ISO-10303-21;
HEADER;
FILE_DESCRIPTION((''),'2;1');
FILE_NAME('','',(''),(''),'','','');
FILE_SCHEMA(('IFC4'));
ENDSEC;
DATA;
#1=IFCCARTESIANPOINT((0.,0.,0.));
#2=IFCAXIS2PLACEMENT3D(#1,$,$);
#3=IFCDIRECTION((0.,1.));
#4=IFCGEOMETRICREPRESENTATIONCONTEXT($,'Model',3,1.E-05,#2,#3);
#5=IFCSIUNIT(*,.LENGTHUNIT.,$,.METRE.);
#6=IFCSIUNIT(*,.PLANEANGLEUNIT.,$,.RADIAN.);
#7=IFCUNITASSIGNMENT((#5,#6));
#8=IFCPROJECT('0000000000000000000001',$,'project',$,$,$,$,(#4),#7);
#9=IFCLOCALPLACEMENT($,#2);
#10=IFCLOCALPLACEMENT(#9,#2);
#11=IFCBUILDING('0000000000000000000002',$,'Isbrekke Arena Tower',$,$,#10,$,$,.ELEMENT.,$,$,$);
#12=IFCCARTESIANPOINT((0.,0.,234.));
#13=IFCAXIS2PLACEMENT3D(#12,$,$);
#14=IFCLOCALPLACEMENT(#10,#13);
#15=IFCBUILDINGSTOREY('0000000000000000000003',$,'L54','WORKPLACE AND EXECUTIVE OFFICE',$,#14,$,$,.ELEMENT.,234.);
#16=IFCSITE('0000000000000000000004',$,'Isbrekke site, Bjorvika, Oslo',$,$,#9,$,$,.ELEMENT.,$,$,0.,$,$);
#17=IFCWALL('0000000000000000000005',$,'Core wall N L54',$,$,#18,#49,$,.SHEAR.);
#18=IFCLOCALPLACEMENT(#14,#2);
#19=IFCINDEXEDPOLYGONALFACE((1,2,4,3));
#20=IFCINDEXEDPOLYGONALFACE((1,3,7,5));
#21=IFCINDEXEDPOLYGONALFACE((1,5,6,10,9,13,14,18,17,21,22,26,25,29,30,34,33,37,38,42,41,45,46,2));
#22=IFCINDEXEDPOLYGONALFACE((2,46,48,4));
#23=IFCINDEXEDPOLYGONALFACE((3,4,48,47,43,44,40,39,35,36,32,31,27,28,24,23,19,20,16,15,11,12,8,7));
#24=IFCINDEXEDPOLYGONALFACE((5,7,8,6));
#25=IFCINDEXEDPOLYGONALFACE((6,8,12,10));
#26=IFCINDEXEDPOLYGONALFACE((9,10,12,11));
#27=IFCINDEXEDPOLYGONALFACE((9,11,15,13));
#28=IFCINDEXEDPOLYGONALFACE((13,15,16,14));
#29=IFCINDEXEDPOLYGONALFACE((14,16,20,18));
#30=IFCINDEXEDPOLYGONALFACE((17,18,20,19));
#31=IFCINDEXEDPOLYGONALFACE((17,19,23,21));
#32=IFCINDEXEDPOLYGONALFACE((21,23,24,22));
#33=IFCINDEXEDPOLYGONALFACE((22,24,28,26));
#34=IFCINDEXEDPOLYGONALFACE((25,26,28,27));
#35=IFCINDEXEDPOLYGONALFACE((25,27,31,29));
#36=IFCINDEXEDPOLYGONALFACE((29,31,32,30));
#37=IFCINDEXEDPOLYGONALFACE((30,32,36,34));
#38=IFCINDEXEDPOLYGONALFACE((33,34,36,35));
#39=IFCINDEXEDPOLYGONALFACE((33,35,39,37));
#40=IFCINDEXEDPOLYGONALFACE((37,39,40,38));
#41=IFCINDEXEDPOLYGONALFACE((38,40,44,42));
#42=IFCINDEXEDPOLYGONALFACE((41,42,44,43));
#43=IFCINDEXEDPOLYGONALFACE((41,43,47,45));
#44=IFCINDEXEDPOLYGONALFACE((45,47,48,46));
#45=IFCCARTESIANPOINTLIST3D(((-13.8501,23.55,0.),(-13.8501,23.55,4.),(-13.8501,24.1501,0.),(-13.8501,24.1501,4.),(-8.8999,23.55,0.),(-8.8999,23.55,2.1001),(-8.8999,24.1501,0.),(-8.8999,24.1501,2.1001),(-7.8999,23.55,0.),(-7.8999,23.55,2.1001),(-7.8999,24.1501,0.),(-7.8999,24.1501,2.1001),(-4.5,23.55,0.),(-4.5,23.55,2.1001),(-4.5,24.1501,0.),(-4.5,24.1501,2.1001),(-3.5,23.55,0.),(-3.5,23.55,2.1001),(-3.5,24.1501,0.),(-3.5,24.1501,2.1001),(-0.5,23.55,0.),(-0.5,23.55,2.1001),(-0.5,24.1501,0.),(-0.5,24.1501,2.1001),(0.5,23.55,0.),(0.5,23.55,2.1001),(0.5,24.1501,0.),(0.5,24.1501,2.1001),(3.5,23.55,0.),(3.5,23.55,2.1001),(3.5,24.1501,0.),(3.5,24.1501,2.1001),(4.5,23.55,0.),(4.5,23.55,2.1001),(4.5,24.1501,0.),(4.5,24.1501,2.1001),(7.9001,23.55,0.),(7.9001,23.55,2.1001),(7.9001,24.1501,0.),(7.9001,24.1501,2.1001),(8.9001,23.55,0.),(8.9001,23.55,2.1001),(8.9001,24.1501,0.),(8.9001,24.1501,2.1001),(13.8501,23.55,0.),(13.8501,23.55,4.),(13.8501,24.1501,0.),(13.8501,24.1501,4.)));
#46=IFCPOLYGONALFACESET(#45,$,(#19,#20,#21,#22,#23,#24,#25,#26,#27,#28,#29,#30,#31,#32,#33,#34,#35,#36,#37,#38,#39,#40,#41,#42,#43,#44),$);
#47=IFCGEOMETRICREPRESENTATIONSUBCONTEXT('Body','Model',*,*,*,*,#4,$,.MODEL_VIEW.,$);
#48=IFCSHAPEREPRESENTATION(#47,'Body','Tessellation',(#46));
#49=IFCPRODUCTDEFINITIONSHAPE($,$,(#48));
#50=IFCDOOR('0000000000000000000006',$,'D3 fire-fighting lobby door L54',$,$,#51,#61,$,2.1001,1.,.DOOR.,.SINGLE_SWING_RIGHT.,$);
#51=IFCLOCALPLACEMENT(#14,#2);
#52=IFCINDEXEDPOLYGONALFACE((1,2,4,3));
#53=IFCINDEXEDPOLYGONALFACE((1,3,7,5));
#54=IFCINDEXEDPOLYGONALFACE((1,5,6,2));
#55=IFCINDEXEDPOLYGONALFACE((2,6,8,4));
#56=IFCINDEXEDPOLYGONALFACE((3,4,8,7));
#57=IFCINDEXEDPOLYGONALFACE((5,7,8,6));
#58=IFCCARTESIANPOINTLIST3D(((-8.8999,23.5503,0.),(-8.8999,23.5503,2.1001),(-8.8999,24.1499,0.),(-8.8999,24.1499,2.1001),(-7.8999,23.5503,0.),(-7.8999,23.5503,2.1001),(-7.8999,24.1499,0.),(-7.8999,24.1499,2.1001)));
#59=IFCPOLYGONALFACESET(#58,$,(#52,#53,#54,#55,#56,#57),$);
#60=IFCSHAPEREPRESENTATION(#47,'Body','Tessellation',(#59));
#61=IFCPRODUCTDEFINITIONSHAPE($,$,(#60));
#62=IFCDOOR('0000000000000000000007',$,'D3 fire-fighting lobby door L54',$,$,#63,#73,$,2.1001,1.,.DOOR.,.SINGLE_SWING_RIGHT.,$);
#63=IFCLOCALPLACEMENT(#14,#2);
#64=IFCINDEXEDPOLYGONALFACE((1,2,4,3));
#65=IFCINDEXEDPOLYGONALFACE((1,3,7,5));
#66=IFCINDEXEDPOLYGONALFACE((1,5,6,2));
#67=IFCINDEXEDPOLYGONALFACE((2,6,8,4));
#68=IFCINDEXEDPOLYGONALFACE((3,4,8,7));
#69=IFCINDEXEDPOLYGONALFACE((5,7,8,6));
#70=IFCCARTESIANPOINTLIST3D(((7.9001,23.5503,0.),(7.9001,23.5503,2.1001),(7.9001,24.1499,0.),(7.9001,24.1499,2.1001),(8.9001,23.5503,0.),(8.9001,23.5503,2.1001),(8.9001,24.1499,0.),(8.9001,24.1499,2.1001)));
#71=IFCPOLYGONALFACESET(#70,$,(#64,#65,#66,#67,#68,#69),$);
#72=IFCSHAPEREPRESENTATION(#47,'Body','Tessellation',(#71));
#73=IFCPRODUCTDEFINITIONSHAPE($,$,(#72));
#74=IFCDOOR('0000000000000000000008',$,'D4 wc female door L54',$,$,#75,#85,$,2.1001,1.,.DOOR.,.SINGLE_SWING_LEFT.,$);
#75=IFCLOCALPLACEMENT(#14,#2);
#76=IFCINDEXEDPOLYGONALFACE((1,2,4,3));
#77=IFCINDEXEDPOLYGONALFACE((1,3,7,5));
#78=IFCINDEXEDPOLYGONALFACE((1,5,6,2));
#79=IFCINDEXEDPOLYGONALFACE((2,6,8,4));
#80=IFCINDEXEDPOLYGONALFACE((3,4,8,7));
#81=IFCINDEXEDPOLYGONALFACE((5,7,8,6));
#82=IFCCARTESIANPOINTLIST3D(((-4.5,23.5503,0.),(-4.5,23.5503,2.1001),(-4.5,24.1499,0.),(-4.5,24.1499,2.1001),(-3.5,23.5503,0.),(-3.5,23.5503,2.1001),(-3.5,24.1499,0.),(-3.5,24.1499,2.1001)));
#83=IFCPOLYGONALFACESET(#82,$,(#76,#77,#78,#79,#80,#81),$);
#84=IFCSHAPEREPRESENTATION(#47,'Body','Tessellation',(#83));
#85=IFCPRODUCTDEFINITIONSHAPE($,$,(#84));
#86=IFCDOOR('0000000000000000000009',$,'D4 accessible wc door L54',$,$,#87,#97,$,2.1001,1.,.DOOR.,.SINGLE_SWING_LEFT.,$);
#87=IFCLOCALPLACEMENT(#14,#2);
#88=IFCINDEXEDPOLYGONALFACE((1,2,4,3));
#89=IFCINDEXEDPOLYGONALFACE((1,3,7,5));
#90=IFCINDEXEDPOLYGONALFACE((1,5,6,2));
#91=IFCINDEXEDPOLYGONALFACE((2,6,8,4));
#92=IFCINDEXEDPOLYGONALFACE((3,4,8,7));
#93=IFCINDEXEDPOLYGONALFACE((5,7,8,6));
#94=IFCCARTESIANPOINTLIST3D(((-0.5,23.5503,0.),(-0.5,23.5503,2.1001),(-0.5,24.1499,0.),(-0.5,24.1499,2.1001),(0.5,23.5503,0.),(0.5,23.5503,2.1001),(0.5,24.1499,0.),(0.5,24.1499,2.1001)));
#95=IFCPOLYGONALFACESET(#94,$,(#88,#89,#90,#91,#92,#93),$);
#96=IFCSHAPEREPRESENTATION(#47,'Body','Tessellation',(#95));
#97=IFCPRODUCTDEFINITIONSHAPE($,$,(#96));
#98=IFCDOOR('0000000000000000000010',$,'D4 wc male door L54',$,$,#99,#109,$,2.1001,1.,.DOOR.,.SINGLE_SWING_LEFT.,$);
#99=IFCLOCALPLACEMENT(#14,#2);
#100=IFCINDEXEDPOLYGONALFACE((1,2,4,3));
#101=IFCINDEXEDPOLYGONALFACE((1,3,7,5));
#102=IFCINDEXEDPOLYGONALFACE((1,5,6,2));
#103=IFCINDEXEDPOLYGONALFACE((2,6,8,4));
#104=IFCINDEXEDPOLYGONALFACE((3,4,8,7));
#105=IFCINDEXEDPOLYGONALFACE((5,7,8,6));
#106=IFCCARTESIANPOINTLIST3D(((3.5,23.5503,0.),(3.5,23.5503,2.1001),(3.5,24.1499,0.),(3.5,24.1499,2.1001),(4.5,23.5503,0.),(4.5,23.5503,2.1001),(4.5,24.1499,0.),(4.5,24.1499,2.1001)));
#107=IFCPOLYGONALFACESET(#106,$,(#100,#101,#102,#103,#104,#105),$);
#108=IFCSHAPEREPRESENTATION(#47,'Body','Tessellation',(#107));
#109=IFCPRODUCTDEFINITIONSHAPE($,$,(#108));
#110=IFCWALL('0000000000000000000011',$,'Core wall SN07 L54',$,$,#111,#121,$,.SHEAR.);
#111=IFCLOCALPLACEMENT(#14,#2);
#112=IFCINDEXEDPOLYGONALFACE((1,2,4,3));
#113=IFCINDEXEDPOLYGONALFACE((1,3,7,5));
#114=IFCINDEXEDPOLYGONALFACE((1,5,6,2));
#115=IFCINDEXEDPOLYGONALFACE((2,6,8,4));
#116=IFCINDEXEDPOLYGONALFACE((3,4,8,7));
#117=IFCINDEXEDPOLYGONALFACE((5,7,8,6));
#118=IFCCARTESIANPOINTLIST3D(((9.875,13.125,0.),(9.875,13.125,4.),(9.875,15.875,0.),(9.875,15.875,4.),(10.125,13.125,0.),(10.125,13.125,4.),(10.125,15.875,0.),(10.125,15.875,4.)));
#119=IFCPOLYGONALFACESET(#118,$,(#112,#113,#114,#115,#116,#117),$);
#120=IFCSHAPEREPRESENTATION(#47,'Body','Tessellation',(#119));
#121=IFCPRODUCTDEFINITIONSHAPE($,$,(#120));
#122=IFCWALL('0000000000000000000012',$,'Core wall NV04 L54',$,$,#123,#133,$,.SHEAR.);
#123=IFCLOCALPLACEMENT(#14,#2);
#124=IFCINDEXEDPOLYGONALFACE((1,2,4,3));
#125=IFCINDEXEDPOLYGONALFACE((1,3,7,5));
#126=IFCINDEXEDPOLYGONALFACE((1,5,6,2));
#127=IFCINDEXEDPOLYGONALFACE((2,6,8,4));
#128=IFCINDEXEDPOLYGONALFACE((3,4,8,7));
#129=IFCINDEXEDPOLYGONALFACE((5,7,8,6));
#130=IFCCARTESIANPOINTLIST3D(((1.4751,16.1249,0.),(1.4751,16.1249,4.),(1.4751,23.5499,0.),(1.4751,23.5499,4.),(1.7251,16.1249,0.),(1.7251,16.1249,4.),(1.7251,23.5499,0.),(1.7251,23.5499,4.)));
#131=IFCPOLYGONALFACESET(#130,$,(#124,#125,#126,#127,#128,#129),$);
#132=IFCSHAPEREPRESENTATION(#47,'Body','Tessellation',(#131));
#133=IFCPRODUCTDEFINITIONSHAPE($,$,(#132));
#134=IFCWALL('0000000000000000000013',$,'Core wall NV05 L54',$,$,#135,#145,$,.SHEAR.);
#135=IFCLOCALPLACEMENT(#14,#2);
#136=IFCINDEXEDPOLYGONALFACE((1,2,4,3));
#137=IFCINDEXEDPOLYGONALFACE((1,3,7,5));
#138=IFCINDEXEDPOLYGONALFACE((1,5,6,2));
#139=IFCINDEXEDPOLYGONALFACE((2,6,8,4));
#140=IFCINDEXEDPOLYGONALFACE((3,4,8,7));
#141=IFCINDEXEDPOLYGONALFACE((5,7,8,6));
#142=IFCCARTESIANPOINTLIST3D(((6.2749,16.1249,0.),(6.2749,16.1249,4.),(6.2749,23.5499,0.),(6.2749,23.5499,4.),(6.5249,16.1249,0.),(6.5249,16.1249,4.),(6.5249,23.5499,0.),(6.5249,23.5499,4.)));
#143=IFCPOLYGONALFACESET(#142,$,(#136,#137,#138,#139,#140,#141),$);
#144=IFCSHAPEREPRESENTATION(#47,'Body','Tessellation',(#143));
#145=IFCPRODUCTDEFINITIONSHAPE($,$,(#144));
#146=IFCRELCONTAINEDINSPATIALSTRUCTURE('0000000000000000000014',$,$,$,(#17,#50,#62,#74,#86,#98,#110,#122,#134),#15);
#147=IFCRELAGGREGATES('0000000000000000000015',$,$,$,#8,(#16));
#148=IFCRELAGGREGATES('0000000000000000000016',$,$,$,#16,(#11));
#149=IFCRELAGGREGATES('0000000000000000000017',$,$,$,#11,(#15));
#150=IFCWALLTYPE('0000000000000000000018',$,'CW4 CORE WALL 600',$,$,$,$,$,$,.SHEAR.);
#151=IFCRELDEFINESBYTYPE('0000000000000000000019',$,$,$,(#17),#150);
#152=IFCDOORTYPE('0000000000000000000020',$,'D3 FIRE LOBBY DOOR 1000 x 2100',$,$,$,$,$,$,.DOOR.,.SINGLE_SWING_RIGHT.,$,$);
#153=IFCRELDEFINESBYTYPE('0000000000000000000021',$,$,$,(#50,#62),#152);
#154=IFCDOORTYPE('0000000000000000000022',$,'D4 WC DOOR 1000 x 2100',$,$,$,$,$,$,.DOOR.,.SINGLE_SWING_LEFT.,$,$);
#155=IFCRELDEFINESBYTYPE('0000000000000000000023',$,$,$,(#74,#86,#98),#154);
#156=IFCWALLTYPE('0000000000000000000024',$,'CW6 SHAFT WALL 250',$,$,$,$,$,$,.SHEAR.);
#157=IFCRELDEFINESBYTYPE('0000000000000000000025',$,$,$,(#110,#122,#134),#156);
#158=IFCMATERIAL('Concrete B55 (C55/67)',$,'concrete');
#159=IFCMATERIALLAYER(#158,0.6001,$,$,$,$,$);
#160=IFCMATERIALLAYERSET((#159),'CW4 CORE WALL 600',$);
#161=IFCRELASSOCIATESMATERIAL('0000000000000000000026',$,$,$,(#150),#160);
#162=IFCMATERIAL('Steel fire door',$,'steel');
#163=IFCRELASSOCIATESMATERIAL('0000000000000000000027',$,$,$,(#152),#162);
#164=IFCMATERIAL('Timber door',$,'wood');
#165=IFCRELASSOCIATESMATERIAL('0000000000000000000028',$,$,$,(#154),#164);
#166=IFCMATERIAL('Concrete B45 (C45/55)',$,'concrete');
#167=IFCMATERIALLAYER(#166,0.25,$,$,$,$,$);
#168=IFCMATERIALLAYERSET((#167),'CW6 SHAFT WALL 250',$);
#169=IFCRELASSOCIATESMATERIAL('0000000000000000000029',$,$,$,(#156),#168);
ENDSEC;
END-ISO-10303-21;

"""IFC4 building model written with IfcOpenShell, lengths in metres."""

from ifc_helpers import new_model, si_unit, direction, frame, frame_2d, origin, place, context, subcontext, project, spatial, rectangle, extrude, material, layer, layer_set, type_object, element, fill, save


model = new_model("IFC4")

# Units and contexts
model_context = context("Model", 3, precision=1e-05, world=origin(), true_north=direction((0.0, 1.0)))
body_context = subcontext(model_context, "Body", "Model", "MODEL_VIEW")
ifc_project = project(units=[si_unit("LENGTHUNIT", "METRE"), si_unit("PLANEANGLEUNIT", "RADIAN")], contexts=[model_context])

# Site, building, storey
site_placement = place(None, origin())
site = spatial("IfcSite", under=ifc_project, at=site_placement, Name="Isbrekke site, Bjorvika, Oslo", CompositionType="ELEMENT", RefElevation=0.0)
building_placement = place(site_placement, origin())
building = spatial("IfcBuilding", under=site, at=building_placement, Name="Isbrekke Arena Tower", CompositionType="ELEMENT")
storey_placement = place(building_placement, frame((0.0, 0.0, 234.0)))
storey = spatial("IfcBuildingStorey", under=building, at=storey_placement, Name="L54", Description="WORKPLACE AND EXECUTIVE OFFICE", CompositionType="ELEMENT", Elevation=234.0)

# Wall, openings, doors
ifc_material_1 = material(Name="Concrete B55 (C55/67)", Category="concrete")
ifc_layer_1 = layer(ifc_material_1, 0.6001)
ifc_layer_set_1 = layer_set([ifc_layer_1], Name="CW4 CORE WALL 600")
wall_type_1 = type_object("IfcWallType", Name="CW4 CORE WALL 600", PredefinedType="SHEAR", material=ifc_layer_set_1)
wall_1_placement = place(storey_placement, frame((13.8501, 23.8501, 0.0), z_axis=(0.0, 0.0, 1.0), x_axis=(-1.0, 0.0, 0.0)))
wall_1 = element("IfcWall", 1, at=wall_1_placement, inside=storey, type_object=wall_type_1, Name="Core wall N L54", PredefinedType="SHEAR", context=body_context, shape_type="SweptSolid", body=[
    extrude(rectangle(XDim=27.7002, YDim=0.6001, at=frame_2d((13.8501, 0.0))), origin(), (0.0, 0.0, 1.0), 4.0),
])
opening_1_placement = place(wall_1_placement, frame((21.75, 0.0, 0.0)))
opening_1 = element("IfcOpeningElement", 2, at=opening_1_placement, cuts=wall_1, PredefinedType="OPENING", context=body_context, shape_type="SweptSolid", body=[
    extrude(rectangle(XDim=1.0, YDim=2.1001, at=frame_2d((0.5, 1.05))), frame((0.0, 0.3149, 0.0), z_axis=(0.0, -1.0, 0.0), x_axis=(1.0, 0.0, 0.0)), (0.0, 0.0, 1.0), 0.6299),
])
opening_2_placement = place(wall_1_placement, frame((4.95, 0.0, 0.0)))
opening_2 = element("IfcOpeningElement", 3, at=opening_2_placement, cuts=wall_1, PredefinedType="OPENING", context=body_context, shape_type="SweptSolid", body=[
    extrude(rectangle(XDim=1.0, YDim=2.1001, at=frame_2d((0.5, 1.05))), frame((0.0, 0.3149, 0.0), z_axis=(0.0, -1.0, 0.0), x_axis=(1.0, 0.0, 0.0)), (0.0, 0.0, 1.0), 0.6299),
])
opening_3_placement = place(wall_1_placement, frame((17.3501, 0.0, 0.0)))
opening_3 = element("IfcOpeningElement", 4, at=opening_3_placement, cuts=wall_1, PredefinedType="OPENING", context=body_context, shape_type="SweptSolid", body=[
    extrude(rectangle(XDim=1.0, YDim=2.1001, at=frame_2d((0.5, 1.05))), frame((0.0, 0.3149, 0.0), z_axis=(0.0, -1.0, 0.0), x_axis=(1.0, 0.0, 0.0)), (0.0, 0.0, 1.0), 0.6299),
])
opening_4_placement = place(wall_1_placement, frame((13.3501, 0.0, 0.0)))
opening_4 = element("IfcOpeningElement", 5, at=opening_4_placement, cuts=wall_1, PredefinedType="OPENING", context=body_context, shape_type="SweptSolid", body=[
    extrude(rectangle(XDim=1.0, YDim=2.1001, at=frame_2d((0.5, 1.05))), frame((0.0, 0.3149, 0.0), z_axis=(0.0, -1.0, 0.0), x_axis=(1.0, 0.0, 0.0)), (0.0, 0.0, 1.0), 0.6299),
])
opening_5_placement = place(wall_1_placement, frame((9.3501, 0.0, 0.0)))
opening_5 = element("IfcOpeningElement", 6, at=opening_5_placement, cuts=wall_1, PredefinedType="OPENING", context=body_context, shape_type="SweptSolid", body=[
    extrude(rectangle(XDim=1.0, YDim=2.1001, at=frame_2d((0.5, 1.05))), frame((0.0, 0.3149, 0.0), z_axis=(0.0, -1.0, 0.0), x_axis=(1.0, 0.0, 0.0)), (0.0, 0.0, 1.0), 0.6299),
])
ifc_material_2 = material(Name="Steel fire door", Category="steel")
door_type_1 = type_object("IfcDoorType", Name="D3 FIRE LOBBY DOOR 1000 x 2100", OperationType="SINGLE_SWING_RIGHT", PredefinedType="DOOR", material=ifc_material_2)
door_1_placement = place(opening_1_placement, origin())
door_1 = element("IfcDoor", 7, at=door_1_placement, inside=storey, type_object=door_type_1, Name="D3 fire-fighting lobby door L54", OperationType="SINGLE_SWING_RIGHT", OverallHeight=2.1001, OverallWidth=1.0, PredefinedType="DOOR", context=body_context, shape_type="SweptSolid", body=[
    extrude(rectangle(XDim=1.0, YDim=2.1001, at=frame_2d((0.5, 1.05))), frame((0.0, 0.2998, 0.0), z_axis=(0.0, -1.0, 0.0), x_axis=(1.0, 0.0, 0.0)), (0.0, 0.0, 1.0), 0.5996),
])
fill(opening_1, door_1)
door_2_placement = place(opening_2_placement, origin())
door_2 = element("IfcDoor", 8, at=door_2_placement, inside=storey, type_object=door_type_1, Name="D3 fire-fighting lobby door L54", OperationType="SINGLE_SWING_RIGHT", OverallHeight=2.1001, OverallWidth=1.0, PredefinedType="DOOR", context=body_context, shape_type="SweptSolid", body=[
    extrude(rectangle(XDim=1.0, YDim=2.1001, at=frame_2d((0.5, 1.05))), frame((0.0, 0.2998, 0.0), z_axis=(0.0, -1.0, 0.0), x_axis=(1.0, 0.0, 0.0)), (0.0, 0.0, 1.0), 0.5996),
])
fill(opening_2, door_2)
ifc_material_3 = material(Name="Timber door", Category="wood")
door_type_2 = type_object("IfcDoorType", Name="D4 WC DOOR 1000 x 2100", OperationType="SINGLE_SWING_LEFT", PredefinedType="DOOR", material=ifc_material_3)
door_3_placement = place(opening_3_placement, origin())
door_3 = element("IfcDoor", 9, at=door_3_placement, inside=storey, type_object=door_type_2, Name="D4 wc female door L54", OperationType="SINGLE_SWING_LEFT", OverallHeight=2.1001, OverallWidth=1.0, PredefinedType="DOOR", context=body_context, shape_type="SweptSolid", body=[
    extrude(rectangle(XDim=1.0, YDim=2.1001, at=frame_2d((0.5, 1.05))), frame((0.0, 0.2998, 0.0), z_axis=(0.0, -1.0, 0.0), x_axis=(1.0, 0.0, 0.0)), (0.0, 0.0, 1.0), 0.5996),
])
fill(opening_3, door_3)
door_4_placement = place(opening_4_placement, origin())
door_4 = element("IfcDoor", 10, at=door_4_placement, inside=storey, type_object=door_type_2, Name="D4 accessible wc door L54", OperationType="SINGLE_SWING_LEFT", OverallHeight=2.1001, OverallWidth=1.0, PredefinedType="DOOR", context=body_context, shape_type="SweptSolid", body=[
    extrude(rectangle(XDim=1.0, YDim=2.1001, at=frame_2d((0.5, 1.05))), frame((0.0, 0.2998, 0.0), z_axis=(0.0, -1.0, 0.0), x_axis=(1.0, 0.0, 0.0)), (0.0, 0.0, 1.0), 0.5996),
])
fill(opening_4, door_4)
door_5_placement = place(opening_5_placement, origin())
door_5 = element("IfcDoor", 11, at=door_5_placement, inside=storey, type_object=door_type_2, Name="D4 wc male door L54", OperationType="SINGLE_SWING_LEFT", OverallHeight=2.1001, OverallWidth=1.0, PredefinedType="DOOR", context=body_context, shape_type="SweptSolid", body=[
    extrude(rectangle(XDim=1.0, YDim=2.1001, at=frame_2d((0.5, 1.05))), frame((0.0, 0.2998, 0.0), z_axis=(0.0, -1.0, 0.0), x_axis=(1.0, 0.0, 0.0)), (0.0, 0.0, 1.0), 0.5996),
])
fill(opening_5, door_5)

# Walls
ifc_material_4 = material(Name="Concrete B45 (C45/55)", Category="concrete")
ifc_layer_2 = layer(ifc_material_4, 0.25)
ifc_layer_set_2 = layer_set([ifc_layer_2], Name="CW6 SHAFT WALL 250")
wall_type_2 = type_object("IfcWallType", Name="CW6 SHAFT WALL 250", PredefinedType="SHEAR", material=ifc_layer_set_2)
wall_2_placement = place(storey_placement, frame((10.0, 13.125, 0.0), z_axis=(0.0, 0.0, 1.0), x_axis=(0.0, 1.0, 0.0)))
element("IfcWall", 12, at=wall_2_placement, inside=storey, type_object=wall_type_2, Name="Core wall SN07 L54", PredefinedType="SHEAR", context=body_context, shape_type="SweptSolid", body=[
    extrude(rectangle(XDim=2.75, YDim=0.25, at=frame_2d((1.375, 0.0))), origin(), (0.0, 0.0, 1.0), 4.0),
])
for number, where, z_axis, x_axis, name in (
    (13, (1.6001, 16.125, 0.0), (0.0, 0.0, 1.0), (0.0, 1.0, 0.0), "Core wall NV04 L54"),
    (14, (6.3999, 16.125, 0.0), (0.0, 0.0, 1.0), (0.0, 1.0, 0.0), "Core wall NV05 L54"),
):
    element("IfcWall", number, at=place(storey_placement, frame(where, z_axis=z_axis, x_axis=x_axis)), inside=storey, type_object=wall_type_2, Name=name, PredefinedType="SHEAR", context=body_context, shape_type="SweptSolid", body=[
        extrude(rectangle(XDim=7.425, YDim=0.25, at=frame_2d((3.7124, 0.0))), origin(), (0.0, 0.0, 1.0), 4.0),
    ])

save(model, "model.ifc")
